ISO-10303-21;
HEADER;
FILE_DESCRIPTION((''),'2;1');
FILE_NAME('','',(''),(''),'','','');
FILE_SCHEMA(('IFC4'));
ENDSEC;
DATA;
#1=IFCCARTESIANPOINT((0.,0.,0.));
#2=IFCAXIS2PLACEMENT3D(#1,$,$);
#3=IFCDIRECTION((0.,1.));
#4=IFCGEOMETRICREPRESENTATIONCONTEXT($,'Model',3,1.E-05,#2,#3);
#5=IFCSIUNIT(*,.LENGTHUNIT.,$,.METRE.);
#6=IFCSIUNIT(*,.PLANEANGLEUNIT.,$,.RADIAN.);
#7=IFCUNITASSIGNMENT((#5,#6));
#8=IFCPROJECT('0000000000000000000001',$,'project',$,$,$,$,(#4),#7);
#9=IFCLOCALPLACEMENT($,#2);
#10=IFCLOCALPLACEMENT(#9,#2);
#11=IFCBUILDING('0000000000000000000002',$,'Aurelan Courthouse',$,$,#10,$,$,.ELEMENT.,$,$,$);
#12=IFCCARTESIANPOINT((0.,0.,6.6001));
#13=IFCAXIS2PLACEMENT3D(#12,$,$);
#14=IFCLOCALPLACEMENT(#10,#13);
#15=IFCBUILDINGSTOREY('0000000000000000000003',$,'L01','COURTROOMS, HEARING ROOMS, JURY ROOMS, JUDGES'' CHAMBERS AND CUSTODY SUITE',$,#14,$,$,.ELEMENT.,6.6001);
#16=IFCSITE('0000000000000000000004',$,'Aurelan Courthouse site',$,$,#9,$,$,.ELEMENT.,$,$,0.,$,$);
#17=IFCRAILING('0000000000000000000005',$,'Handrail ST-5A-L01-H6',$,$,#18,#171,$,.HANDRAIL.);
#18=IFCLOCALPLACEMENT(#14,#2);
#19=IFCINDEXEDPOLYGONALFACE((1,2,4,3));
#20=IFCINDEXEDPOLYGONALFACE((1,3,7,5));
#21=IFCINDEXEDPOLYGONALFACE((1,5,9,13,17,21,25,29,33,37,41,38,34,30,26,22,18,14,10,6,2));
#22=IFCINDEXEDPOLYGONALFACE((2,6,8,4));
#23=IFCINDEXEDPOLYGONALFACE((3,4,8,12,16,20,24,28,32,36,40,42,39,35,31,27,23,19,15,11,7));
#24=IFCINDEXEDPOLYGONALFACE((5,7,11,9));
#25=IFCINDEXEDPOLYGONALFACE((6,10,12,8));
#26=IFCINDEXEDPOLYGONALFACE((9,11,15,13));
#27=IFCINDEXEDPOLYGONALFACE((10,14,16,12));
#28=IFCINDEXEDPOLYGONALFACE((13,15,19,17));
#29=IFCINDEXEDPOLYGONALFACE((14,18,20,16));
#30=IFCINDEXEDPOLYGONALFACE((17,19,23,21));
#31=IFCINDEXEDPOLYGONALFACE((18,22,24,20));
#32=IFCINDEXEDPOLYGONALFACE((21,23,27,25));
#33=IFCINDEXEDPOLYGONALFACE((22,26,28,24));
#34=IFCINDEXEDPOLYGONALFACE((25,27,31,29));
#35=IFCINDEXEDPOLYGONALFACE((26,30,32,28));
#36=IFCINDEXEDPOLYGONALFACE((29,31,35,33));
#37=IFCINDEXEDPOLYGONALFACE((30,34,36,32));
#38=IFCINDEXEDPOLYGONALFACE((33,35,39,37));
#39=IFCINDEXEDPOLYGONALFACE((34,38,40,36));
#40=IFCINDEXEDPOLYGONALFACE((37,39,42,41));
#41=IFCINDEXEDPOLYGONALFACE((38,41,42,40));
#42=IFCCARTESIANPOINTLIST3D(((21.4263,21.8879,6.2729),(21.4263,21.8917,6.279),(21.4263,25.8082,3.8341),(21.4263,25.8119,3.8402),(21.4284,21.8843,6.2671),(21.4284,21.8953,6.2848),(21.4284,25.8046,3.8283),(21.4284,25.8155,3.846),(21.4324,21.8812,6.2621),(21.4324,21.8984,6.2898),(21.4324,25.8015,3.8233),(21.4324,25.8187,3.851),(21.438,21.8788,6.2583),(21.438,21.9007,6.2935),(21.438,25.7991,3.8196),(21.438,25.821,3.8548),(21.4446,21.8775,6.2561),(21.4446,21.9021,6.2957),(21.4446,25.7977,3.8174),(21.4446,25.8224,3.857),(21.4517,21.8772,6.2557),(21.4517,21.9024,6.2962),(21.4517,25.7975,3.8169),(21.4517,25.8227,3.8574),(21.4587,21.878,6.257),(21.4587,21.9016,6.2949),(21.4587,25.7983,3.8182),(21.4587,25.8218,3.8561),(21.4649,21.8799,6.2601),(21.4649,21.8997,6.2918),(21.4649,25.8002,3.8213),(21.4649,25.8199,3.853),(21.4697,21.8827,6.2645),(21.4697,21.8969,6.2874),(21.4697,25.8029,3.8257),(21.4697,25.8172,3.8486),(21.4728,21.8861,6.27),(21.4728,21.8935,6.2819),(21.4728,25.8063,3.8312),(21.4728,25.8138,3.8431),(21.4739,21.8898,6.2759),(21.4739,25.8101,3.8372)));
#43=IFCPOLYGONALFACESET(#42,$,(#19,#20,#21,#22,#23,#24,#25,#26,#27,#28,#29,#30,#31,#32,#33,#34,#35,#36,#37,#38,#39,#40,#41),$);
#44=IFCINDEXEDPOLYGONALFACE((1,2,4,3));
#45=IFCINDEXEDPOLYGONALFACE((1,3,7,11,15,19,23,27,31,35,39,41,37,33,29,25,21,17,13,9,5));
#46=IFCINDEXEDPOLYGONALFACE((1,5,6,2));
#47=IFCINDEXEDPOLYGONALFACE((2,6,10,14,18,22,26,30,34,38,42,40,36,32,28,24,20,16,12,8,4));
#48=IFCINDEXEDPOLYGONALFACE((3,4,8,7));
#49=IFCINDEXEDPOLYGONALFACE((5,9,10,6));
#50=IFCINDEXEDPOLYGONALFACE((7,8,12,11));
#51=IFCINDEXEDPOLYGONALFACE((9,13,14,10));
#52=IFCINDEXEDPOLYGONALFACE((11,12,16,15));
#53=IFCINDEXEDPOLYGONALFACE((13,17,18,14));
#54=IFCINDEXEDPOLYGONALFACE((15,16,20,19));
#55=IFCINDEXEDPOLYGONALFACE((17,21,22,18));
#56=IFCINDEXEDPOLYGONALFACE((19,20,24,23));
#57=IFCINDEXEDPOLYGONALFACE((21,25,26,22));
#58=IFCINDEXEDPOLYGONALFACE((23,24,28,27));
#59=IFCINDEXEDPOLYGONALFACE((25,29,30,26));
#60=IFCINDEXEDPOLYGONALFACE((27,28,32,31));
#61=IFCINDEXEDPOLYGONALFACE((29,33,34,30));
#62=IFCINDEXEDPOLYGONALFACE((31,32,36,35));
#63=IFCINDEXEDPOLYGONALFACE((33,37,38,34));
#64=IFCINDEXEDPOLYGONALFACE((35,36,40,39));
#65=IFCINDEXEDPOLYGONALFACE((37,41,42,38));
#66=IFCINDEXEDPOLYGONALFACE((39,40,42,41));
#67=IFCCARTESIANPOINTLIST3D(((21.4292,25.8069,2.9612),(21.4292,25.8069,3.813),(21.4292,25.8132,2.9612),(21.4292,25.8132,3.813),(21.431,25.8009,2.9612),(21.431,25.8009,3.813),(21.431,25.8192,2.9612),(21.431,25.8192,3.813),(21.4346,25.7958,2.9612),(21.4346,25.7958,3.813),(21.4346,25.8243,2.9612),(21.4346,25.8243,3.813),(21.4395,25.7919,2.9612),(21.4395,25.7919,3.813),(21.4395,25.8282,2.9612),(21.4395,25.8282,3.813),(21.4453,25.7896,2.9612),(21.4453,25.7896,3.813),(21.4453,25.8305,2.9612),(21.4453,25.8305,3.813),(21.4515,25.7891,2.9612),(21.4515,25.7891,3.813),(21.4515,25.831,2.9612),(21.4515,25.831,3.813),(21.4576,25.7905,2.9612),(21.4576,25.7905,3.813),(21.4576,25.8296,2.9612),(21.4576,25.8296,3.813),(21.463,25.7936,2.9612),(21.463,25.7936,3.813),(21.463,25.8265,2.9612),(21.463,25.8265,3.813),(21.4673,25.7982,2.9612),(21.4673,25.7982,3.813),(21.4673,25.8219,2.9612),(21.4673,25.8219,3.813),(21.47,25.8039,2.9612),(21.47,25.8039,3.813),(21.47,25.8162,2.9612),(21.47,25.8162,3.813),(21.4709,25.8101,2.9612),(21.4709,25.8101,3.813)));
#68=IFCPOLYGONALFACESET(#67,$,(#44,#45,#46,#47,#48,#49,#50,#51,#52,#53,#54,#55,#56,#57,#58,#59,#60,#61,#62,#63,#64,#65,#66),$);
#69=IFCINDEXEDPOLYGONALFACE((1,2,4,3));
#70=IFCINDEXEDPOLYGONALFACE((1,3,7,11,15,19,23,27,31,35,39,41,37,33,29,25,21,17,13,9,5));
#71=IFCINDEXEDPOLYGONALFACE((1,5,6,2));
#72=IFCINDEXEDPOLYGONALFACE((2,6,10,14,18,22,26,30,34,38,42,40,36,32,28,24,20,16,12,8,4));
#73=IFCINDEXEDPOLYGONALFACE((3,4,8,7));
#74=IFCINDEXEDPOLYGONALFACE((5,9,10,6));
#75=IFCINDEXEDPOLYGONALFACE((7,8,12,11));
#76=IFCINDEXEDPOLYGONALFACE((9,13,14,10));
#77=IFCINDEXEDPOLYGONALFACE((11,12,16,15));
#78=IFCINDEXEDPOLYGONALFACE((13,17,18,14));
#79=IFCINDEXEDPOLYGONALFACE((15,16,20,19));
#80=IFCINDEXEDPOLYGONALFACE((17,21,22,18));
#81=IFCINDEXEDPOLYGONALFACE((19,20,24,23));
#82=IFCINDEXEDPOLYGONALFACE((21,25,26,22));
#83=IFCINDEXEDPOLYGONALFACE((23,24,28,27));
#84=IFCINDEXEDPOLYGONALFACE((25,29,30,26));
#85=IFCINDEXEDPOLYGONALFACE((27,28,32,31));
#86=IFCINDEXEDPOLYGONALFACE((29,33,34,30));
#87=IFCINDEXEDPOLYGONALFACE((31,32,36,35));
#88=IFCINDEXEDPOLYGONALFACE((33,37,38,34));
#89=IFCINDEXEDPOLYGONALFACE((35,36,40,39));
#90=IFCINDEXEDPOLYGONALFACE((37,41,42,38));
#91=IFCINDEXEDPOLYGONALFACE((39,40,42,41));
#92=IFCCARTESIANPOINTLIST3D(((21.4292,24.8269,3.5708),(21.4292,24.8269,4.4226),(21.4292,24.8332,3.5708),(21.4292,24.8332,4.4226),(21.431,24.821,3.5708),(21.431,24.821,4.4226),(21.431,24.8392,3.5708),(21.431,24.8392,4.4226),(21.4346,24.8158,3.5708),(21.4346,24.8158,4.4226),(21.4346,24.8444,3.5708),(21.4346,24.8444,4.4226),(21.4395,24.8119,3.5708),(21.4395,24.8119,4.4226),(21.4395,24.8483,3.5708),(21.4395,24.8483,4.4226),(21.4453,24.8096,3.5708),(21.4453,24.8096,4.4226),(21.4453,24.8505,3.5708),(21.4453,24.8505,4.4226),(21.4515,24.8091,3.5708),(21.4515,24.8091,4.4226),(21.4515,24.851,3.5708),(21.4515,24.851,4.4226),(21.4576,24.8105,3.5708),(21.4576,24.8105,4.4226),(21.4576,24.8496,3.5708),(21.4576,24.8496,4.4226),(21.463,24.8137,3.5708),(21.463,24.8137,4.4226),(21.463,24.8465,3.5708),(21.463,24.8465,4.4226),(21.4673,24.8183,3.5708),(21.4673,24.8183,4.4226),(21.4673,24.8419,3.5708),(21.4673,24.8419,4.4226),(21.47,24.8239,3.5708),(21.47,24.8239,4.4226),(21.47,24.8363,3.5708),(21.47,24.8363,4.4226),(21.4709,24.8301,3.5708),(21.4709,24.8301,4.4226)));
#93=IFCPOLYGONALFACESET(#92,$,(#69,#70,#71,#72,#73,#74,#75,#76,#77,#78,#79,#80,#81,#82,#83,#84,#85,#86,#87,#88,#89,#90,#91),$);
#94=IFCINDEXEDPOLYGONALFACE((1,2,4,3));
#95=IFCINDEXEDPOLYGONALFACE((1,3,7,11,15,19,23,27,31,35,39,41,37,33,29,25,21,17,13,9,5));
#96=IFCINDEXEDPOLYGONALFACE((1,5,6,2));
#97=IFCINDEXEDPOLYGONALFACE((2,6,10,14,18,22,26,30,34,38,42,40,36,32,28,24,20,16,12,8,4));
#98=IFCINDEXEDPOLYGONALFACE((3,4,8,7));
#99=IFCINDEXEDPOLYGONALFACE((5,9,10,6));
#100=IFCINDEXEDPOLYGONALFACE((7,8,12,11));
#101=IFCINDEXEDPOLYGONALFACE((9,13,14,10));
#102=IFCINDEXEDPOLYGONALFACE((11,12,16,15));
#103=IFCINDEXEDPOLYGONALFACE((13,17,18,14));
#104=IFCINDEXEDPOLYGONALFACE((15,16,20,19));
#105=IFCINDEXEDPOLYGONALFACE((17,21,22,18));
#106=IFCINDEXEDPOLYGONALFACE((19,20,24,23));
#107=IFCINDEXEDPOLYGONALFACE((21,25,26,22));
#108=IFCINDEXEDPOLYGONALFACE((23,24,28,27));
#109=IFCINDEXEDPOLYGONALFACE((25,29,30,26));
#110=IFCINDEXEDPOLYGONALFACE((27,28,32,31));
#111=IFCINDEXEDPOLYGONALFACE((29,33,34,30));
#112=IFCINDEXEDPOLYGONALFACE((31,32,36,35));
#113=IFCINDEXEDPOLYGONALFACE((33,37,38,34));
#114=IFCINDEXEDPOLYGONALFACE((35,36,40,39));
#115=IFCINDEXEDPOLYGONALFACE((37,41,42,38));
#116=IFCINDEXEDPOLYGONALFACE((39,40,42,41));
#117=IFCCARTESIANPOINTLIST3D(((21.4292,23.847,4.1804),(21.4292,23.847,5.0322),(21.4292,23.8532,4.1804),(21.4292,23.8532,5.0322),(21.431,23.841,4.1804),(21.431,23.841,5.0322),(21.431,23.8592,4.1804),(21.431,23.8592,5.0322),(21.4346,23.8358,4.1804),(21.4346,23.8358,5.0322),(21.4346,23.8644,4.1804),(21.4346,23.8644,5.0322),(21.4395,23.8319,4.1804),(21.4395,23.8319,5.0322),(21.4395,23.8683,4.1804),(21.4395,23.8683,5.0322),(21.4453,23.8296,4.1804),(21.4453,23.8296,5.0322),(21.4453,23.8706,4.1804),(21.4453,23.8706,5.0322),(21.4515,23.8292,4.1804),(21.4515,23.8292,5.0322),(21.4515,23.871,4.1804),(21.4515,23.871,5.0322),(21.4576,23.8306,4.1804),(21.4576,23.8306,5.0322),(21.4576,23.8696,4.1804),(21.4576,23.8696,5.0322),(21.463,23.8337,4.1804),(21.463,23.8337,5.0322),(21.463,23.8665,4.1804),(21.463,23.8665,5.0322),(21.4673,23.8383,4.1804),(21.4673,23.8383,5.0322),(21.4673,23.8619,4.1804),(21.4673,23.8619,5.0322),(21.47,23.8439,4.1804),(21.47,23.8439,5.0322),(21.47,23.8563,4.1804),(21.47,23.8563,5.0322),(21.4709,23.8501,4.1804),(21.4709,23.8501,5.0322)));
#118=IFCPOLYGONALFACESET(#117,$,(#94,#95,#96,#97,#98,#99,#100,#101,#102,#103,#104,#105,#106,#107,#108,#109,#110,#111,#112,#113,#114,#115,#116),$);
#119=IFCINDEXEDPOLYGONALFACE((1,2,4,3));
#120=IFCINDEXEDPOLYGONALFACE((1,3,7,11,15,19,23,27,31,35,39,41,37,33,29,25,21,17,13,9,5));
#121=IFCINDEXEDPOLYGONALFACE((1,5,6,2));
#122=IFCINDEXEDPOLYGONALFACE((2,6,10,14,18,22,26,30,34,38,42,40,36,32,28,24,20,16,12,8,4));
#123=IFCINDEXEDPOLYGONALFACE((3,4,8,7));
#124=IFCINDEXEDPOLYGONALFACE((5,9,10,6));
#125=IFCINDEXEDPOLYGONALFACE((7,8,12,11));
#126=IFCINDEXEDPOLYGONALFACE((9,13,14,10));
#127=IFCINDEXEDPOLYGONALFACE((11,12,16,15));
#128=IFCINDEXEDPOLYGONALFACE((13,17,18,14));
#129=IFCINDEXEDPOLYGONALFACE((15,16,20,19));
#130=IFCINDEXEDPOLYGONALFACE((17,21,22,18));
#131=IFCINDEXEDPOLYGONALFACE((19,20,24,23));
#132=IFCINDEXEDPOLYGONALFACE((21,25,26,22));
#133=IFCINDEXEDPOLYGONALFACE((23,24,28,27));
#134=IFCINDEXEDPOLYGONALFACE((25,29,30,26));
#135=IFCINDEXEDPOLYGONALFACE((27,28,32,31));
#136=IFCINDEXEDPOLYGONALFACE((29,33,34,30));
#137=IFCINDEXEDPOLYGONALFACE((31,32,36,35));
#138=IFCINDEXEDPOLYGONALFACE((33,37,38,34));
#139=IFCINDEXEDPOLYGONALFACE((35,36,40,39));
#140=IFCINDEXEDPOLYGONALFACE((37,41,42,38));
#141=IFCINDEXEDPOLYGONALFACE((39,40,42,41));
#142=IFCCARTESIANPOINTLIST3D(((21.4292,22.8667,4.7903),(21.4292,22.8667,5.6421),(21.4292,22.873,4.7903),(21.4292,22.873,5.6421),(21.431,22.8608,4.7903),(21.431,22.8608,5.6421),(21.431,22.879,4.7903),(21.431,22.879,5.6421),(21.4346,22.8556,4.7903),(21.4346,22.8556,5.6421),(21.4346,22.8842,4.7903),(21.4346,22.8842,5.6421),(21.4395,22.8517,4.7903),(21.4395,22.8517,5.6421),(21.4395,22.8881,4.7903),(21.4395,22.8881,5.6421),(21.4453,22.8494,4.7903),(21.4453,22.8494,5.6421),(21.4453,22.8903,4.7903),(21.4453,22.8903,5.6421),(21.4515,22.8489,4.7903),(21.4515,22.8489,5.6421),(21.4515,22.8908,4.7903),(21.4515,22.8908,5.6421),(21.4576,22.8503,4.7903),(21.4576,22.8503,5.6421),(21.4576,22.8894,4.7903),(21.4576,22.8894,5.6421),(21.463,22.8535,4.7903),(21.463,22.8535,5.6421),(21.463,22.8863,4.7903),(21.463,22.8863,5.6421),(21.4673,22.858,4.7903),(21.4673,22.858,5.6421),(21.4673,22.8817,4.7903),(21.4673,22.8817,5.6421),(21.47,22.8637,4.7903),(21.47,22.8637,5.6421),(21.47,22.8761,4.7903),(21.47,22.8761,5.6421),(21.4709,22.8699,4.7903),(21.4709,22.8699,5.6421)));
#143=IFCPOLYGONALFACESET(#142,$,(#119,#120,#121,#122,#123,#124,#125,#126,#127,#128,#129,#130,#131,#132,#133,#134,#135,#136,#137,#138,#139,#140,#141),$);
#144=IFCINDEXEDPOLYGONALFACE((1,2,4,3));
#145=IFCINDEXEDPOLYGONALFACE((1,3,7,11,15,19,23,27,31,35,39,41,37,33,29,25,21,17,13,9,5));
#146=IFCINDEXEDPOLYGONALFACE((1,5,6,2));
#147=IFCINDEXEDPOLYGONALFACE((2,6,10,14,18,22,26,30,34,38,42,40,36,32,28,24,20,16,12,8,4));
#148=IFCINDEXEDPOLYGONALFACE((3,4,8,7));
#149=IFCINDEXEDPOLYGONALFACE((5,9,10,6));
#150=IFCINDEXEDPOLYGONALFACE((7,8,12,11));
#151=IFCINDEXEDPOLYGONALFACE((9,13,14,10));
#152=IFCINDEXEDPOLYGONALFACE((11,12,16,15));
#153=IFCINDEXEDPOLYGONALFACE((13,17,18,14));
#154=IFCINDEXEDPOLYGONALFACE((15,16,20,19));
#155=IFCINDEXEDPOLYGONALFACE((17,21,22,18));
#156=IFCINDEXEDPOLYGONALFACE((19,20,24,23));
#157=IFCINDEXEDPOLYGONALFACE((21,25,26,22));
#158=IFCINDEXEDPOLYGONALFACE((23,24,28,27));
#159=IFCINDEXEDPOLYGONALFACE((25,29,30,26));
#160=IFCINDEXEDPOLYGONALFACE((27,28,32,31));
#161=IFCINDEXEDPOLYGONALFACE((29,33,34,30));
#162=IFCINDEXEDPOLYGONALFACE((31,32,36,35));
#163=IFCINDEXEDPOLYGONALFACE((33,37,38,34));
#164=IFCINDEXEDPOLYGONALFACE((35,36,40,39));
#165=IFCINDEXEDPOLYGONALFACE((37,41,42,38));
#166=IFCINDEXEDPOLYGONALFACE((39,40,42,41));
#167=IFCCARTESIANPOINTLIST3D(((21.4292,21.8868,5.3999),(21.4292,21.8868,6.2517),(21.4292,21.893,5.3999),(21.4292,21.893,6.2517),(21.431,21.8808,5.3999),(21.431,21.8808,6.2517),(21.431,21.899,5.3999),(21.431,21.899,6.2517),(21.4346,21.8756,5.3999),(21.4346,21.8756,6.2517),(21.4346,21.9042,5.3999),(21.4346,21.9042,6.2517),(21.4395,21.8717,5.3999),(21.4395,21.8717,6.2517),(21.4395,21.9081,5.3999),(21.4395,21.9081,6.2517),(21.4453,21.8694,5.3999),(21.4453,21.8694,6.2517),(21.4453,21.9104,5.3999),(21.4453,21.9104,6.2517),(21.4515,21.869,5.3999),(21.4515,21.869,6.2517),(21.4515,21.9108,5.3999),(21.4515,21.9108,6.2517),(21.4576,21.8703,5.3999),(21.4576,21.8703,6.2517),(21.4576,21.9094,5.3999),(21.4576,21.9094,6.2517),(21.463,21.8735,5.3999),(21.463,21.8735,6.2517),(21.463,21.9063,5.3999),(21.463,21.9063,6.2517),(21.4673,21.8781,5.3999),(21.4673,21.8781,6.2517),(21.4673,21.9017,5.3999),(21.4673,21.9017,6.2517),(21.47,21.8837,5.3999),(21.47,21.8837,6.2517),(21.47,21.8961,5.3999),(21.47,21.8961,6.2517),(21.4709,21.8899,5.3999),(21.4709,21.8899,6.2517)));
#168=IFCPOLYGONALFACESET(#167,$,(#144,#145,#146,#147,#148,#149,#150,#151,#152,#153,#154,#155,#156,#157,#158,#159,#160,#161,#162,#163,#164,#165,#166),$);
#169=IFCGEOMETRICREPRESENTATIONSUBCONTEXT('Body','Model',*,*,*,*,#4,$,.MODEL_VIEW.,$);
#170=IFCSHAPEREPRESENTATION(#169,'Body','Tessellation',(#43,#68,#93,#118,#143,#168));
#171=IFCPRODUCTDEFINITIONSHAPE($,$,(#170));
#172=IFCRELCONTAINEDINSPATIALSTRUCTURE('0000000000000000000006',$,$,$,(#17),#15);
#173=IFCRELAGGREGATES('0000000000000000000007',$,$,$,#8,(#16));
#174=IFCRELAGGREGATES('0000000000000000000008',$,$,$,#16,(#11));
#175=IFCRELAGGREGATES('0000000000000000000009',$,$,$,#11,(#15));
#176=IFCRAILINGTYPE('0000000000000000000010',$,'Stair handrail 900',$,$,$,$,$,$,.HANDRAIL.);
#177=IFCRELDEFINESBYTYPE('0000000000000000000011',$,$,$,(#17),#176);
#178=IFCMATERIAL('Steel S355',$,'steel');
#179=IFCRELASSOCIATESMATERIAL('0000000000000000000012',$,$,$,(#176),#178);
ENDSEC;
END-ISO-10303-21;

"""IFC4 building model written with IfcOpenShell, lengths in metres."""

from ifc_helpers import new_model, si_unit, direction, frame, origin, origin_2d, place, context, subcontext, project, spatial, circle, extrude, material, type_object, element, save


model = new_model("IFC4")

# Units and contexts
model_context = context("Model", 3, precision=1e-05, world=origin(), true_north=direction((0.0, 1.0)))
body_context = subcontext(model_context, "Body", "Model", "MODEL_VIEW")
ifc_project = project(units=[si_unit("LENGTHUNIT", "METRE"), si_unit("PLANEANGLEUNIT", "RADIAN")], contexts=[model_context])

# Site, building, storey
site_placement = place(None, origin())
site = spatial("IfcSite", under=ifc_project, at=site_placement, Name="Aurelan Courthouse site", CompositionType="ELEMENT", RefElevation=0.0)
building_placement = place(site_placement, origin())
building = spatial("IfcBuilding", under=site, at=building_placement, Name="Aurelan Courthouse", CompositionType="ELEMENT")
storey_placement = place(building_placement, frame((0.0, 0.0, 6.6001)))
storey = spatial("IfcBuildingStorey", under=building, at=storey_placement, Name="L01", Description="COURTROOMS, HEARING ROOMS, JURY ROOMS, JUDGES' CHAMBERS AND CUSTODY SUITE", CompositionType="ELEMENT", Elevation=6.6001)

# Shared definitions
ifc_material_1 = material(Name="Steel S355", Category="steel")

# Railing
railing_type_1 = type_object("IfcRailingType", Name="Stair handrail 900", PredefinedType="HANDRAIL", material=ifc_material_1)
for number, where, name in (
    (1, (21.45, 25.8101, 2.9612), "Handrail ST-5A-L01-H6"),
):
    element("IfcRailing", number, at=place(storey_placement, frame(where)), inside=storey, type_object=railing_type_1, Name=name, PredefinedType="HANDRAIL", context=body_context, shape_type="SweptSolid", body=[
        extrude(circle(Radius=0.0239, at=origin_2d()), frame((0.0, 0.0, 0.876), z_axis=(0.0, -0.849105, 0.528225), x_axis=(1.0, 0.0, 0.0)), (0.0, 0.0, 1.0), 4.6169),
        extrude(circle(Radius=0.021, at=origin_2d()), origin(), (0.0, 0.0, 1.0), 0.8518),
        extrude(circle(Radius=0.021, at=origin_2d()), frame((0.0, -0.98, 0.6096)), (0.0, 0.0, 1.0), 0.8518),
        extrude(circle(Radius=0.021, at=origin_2d()), frame((0.0, -1.96, 1.2192)), (0.0, 0.0, 1.0), 0.8518),
        extrude(circle(Radius=0.021, at=origin_2d()), frame((0.0, -2.9402, 1.8291)), (0.0, 0.0, 1.0), 0.8518),
        extrude(circle(Radius=0.021, at=origin_2d()), frame((0.0, -3.9202, 2.4387)), (0.0, 0.0, 1.0), 0.8518),
    ])

save(model, "model.ifc")
